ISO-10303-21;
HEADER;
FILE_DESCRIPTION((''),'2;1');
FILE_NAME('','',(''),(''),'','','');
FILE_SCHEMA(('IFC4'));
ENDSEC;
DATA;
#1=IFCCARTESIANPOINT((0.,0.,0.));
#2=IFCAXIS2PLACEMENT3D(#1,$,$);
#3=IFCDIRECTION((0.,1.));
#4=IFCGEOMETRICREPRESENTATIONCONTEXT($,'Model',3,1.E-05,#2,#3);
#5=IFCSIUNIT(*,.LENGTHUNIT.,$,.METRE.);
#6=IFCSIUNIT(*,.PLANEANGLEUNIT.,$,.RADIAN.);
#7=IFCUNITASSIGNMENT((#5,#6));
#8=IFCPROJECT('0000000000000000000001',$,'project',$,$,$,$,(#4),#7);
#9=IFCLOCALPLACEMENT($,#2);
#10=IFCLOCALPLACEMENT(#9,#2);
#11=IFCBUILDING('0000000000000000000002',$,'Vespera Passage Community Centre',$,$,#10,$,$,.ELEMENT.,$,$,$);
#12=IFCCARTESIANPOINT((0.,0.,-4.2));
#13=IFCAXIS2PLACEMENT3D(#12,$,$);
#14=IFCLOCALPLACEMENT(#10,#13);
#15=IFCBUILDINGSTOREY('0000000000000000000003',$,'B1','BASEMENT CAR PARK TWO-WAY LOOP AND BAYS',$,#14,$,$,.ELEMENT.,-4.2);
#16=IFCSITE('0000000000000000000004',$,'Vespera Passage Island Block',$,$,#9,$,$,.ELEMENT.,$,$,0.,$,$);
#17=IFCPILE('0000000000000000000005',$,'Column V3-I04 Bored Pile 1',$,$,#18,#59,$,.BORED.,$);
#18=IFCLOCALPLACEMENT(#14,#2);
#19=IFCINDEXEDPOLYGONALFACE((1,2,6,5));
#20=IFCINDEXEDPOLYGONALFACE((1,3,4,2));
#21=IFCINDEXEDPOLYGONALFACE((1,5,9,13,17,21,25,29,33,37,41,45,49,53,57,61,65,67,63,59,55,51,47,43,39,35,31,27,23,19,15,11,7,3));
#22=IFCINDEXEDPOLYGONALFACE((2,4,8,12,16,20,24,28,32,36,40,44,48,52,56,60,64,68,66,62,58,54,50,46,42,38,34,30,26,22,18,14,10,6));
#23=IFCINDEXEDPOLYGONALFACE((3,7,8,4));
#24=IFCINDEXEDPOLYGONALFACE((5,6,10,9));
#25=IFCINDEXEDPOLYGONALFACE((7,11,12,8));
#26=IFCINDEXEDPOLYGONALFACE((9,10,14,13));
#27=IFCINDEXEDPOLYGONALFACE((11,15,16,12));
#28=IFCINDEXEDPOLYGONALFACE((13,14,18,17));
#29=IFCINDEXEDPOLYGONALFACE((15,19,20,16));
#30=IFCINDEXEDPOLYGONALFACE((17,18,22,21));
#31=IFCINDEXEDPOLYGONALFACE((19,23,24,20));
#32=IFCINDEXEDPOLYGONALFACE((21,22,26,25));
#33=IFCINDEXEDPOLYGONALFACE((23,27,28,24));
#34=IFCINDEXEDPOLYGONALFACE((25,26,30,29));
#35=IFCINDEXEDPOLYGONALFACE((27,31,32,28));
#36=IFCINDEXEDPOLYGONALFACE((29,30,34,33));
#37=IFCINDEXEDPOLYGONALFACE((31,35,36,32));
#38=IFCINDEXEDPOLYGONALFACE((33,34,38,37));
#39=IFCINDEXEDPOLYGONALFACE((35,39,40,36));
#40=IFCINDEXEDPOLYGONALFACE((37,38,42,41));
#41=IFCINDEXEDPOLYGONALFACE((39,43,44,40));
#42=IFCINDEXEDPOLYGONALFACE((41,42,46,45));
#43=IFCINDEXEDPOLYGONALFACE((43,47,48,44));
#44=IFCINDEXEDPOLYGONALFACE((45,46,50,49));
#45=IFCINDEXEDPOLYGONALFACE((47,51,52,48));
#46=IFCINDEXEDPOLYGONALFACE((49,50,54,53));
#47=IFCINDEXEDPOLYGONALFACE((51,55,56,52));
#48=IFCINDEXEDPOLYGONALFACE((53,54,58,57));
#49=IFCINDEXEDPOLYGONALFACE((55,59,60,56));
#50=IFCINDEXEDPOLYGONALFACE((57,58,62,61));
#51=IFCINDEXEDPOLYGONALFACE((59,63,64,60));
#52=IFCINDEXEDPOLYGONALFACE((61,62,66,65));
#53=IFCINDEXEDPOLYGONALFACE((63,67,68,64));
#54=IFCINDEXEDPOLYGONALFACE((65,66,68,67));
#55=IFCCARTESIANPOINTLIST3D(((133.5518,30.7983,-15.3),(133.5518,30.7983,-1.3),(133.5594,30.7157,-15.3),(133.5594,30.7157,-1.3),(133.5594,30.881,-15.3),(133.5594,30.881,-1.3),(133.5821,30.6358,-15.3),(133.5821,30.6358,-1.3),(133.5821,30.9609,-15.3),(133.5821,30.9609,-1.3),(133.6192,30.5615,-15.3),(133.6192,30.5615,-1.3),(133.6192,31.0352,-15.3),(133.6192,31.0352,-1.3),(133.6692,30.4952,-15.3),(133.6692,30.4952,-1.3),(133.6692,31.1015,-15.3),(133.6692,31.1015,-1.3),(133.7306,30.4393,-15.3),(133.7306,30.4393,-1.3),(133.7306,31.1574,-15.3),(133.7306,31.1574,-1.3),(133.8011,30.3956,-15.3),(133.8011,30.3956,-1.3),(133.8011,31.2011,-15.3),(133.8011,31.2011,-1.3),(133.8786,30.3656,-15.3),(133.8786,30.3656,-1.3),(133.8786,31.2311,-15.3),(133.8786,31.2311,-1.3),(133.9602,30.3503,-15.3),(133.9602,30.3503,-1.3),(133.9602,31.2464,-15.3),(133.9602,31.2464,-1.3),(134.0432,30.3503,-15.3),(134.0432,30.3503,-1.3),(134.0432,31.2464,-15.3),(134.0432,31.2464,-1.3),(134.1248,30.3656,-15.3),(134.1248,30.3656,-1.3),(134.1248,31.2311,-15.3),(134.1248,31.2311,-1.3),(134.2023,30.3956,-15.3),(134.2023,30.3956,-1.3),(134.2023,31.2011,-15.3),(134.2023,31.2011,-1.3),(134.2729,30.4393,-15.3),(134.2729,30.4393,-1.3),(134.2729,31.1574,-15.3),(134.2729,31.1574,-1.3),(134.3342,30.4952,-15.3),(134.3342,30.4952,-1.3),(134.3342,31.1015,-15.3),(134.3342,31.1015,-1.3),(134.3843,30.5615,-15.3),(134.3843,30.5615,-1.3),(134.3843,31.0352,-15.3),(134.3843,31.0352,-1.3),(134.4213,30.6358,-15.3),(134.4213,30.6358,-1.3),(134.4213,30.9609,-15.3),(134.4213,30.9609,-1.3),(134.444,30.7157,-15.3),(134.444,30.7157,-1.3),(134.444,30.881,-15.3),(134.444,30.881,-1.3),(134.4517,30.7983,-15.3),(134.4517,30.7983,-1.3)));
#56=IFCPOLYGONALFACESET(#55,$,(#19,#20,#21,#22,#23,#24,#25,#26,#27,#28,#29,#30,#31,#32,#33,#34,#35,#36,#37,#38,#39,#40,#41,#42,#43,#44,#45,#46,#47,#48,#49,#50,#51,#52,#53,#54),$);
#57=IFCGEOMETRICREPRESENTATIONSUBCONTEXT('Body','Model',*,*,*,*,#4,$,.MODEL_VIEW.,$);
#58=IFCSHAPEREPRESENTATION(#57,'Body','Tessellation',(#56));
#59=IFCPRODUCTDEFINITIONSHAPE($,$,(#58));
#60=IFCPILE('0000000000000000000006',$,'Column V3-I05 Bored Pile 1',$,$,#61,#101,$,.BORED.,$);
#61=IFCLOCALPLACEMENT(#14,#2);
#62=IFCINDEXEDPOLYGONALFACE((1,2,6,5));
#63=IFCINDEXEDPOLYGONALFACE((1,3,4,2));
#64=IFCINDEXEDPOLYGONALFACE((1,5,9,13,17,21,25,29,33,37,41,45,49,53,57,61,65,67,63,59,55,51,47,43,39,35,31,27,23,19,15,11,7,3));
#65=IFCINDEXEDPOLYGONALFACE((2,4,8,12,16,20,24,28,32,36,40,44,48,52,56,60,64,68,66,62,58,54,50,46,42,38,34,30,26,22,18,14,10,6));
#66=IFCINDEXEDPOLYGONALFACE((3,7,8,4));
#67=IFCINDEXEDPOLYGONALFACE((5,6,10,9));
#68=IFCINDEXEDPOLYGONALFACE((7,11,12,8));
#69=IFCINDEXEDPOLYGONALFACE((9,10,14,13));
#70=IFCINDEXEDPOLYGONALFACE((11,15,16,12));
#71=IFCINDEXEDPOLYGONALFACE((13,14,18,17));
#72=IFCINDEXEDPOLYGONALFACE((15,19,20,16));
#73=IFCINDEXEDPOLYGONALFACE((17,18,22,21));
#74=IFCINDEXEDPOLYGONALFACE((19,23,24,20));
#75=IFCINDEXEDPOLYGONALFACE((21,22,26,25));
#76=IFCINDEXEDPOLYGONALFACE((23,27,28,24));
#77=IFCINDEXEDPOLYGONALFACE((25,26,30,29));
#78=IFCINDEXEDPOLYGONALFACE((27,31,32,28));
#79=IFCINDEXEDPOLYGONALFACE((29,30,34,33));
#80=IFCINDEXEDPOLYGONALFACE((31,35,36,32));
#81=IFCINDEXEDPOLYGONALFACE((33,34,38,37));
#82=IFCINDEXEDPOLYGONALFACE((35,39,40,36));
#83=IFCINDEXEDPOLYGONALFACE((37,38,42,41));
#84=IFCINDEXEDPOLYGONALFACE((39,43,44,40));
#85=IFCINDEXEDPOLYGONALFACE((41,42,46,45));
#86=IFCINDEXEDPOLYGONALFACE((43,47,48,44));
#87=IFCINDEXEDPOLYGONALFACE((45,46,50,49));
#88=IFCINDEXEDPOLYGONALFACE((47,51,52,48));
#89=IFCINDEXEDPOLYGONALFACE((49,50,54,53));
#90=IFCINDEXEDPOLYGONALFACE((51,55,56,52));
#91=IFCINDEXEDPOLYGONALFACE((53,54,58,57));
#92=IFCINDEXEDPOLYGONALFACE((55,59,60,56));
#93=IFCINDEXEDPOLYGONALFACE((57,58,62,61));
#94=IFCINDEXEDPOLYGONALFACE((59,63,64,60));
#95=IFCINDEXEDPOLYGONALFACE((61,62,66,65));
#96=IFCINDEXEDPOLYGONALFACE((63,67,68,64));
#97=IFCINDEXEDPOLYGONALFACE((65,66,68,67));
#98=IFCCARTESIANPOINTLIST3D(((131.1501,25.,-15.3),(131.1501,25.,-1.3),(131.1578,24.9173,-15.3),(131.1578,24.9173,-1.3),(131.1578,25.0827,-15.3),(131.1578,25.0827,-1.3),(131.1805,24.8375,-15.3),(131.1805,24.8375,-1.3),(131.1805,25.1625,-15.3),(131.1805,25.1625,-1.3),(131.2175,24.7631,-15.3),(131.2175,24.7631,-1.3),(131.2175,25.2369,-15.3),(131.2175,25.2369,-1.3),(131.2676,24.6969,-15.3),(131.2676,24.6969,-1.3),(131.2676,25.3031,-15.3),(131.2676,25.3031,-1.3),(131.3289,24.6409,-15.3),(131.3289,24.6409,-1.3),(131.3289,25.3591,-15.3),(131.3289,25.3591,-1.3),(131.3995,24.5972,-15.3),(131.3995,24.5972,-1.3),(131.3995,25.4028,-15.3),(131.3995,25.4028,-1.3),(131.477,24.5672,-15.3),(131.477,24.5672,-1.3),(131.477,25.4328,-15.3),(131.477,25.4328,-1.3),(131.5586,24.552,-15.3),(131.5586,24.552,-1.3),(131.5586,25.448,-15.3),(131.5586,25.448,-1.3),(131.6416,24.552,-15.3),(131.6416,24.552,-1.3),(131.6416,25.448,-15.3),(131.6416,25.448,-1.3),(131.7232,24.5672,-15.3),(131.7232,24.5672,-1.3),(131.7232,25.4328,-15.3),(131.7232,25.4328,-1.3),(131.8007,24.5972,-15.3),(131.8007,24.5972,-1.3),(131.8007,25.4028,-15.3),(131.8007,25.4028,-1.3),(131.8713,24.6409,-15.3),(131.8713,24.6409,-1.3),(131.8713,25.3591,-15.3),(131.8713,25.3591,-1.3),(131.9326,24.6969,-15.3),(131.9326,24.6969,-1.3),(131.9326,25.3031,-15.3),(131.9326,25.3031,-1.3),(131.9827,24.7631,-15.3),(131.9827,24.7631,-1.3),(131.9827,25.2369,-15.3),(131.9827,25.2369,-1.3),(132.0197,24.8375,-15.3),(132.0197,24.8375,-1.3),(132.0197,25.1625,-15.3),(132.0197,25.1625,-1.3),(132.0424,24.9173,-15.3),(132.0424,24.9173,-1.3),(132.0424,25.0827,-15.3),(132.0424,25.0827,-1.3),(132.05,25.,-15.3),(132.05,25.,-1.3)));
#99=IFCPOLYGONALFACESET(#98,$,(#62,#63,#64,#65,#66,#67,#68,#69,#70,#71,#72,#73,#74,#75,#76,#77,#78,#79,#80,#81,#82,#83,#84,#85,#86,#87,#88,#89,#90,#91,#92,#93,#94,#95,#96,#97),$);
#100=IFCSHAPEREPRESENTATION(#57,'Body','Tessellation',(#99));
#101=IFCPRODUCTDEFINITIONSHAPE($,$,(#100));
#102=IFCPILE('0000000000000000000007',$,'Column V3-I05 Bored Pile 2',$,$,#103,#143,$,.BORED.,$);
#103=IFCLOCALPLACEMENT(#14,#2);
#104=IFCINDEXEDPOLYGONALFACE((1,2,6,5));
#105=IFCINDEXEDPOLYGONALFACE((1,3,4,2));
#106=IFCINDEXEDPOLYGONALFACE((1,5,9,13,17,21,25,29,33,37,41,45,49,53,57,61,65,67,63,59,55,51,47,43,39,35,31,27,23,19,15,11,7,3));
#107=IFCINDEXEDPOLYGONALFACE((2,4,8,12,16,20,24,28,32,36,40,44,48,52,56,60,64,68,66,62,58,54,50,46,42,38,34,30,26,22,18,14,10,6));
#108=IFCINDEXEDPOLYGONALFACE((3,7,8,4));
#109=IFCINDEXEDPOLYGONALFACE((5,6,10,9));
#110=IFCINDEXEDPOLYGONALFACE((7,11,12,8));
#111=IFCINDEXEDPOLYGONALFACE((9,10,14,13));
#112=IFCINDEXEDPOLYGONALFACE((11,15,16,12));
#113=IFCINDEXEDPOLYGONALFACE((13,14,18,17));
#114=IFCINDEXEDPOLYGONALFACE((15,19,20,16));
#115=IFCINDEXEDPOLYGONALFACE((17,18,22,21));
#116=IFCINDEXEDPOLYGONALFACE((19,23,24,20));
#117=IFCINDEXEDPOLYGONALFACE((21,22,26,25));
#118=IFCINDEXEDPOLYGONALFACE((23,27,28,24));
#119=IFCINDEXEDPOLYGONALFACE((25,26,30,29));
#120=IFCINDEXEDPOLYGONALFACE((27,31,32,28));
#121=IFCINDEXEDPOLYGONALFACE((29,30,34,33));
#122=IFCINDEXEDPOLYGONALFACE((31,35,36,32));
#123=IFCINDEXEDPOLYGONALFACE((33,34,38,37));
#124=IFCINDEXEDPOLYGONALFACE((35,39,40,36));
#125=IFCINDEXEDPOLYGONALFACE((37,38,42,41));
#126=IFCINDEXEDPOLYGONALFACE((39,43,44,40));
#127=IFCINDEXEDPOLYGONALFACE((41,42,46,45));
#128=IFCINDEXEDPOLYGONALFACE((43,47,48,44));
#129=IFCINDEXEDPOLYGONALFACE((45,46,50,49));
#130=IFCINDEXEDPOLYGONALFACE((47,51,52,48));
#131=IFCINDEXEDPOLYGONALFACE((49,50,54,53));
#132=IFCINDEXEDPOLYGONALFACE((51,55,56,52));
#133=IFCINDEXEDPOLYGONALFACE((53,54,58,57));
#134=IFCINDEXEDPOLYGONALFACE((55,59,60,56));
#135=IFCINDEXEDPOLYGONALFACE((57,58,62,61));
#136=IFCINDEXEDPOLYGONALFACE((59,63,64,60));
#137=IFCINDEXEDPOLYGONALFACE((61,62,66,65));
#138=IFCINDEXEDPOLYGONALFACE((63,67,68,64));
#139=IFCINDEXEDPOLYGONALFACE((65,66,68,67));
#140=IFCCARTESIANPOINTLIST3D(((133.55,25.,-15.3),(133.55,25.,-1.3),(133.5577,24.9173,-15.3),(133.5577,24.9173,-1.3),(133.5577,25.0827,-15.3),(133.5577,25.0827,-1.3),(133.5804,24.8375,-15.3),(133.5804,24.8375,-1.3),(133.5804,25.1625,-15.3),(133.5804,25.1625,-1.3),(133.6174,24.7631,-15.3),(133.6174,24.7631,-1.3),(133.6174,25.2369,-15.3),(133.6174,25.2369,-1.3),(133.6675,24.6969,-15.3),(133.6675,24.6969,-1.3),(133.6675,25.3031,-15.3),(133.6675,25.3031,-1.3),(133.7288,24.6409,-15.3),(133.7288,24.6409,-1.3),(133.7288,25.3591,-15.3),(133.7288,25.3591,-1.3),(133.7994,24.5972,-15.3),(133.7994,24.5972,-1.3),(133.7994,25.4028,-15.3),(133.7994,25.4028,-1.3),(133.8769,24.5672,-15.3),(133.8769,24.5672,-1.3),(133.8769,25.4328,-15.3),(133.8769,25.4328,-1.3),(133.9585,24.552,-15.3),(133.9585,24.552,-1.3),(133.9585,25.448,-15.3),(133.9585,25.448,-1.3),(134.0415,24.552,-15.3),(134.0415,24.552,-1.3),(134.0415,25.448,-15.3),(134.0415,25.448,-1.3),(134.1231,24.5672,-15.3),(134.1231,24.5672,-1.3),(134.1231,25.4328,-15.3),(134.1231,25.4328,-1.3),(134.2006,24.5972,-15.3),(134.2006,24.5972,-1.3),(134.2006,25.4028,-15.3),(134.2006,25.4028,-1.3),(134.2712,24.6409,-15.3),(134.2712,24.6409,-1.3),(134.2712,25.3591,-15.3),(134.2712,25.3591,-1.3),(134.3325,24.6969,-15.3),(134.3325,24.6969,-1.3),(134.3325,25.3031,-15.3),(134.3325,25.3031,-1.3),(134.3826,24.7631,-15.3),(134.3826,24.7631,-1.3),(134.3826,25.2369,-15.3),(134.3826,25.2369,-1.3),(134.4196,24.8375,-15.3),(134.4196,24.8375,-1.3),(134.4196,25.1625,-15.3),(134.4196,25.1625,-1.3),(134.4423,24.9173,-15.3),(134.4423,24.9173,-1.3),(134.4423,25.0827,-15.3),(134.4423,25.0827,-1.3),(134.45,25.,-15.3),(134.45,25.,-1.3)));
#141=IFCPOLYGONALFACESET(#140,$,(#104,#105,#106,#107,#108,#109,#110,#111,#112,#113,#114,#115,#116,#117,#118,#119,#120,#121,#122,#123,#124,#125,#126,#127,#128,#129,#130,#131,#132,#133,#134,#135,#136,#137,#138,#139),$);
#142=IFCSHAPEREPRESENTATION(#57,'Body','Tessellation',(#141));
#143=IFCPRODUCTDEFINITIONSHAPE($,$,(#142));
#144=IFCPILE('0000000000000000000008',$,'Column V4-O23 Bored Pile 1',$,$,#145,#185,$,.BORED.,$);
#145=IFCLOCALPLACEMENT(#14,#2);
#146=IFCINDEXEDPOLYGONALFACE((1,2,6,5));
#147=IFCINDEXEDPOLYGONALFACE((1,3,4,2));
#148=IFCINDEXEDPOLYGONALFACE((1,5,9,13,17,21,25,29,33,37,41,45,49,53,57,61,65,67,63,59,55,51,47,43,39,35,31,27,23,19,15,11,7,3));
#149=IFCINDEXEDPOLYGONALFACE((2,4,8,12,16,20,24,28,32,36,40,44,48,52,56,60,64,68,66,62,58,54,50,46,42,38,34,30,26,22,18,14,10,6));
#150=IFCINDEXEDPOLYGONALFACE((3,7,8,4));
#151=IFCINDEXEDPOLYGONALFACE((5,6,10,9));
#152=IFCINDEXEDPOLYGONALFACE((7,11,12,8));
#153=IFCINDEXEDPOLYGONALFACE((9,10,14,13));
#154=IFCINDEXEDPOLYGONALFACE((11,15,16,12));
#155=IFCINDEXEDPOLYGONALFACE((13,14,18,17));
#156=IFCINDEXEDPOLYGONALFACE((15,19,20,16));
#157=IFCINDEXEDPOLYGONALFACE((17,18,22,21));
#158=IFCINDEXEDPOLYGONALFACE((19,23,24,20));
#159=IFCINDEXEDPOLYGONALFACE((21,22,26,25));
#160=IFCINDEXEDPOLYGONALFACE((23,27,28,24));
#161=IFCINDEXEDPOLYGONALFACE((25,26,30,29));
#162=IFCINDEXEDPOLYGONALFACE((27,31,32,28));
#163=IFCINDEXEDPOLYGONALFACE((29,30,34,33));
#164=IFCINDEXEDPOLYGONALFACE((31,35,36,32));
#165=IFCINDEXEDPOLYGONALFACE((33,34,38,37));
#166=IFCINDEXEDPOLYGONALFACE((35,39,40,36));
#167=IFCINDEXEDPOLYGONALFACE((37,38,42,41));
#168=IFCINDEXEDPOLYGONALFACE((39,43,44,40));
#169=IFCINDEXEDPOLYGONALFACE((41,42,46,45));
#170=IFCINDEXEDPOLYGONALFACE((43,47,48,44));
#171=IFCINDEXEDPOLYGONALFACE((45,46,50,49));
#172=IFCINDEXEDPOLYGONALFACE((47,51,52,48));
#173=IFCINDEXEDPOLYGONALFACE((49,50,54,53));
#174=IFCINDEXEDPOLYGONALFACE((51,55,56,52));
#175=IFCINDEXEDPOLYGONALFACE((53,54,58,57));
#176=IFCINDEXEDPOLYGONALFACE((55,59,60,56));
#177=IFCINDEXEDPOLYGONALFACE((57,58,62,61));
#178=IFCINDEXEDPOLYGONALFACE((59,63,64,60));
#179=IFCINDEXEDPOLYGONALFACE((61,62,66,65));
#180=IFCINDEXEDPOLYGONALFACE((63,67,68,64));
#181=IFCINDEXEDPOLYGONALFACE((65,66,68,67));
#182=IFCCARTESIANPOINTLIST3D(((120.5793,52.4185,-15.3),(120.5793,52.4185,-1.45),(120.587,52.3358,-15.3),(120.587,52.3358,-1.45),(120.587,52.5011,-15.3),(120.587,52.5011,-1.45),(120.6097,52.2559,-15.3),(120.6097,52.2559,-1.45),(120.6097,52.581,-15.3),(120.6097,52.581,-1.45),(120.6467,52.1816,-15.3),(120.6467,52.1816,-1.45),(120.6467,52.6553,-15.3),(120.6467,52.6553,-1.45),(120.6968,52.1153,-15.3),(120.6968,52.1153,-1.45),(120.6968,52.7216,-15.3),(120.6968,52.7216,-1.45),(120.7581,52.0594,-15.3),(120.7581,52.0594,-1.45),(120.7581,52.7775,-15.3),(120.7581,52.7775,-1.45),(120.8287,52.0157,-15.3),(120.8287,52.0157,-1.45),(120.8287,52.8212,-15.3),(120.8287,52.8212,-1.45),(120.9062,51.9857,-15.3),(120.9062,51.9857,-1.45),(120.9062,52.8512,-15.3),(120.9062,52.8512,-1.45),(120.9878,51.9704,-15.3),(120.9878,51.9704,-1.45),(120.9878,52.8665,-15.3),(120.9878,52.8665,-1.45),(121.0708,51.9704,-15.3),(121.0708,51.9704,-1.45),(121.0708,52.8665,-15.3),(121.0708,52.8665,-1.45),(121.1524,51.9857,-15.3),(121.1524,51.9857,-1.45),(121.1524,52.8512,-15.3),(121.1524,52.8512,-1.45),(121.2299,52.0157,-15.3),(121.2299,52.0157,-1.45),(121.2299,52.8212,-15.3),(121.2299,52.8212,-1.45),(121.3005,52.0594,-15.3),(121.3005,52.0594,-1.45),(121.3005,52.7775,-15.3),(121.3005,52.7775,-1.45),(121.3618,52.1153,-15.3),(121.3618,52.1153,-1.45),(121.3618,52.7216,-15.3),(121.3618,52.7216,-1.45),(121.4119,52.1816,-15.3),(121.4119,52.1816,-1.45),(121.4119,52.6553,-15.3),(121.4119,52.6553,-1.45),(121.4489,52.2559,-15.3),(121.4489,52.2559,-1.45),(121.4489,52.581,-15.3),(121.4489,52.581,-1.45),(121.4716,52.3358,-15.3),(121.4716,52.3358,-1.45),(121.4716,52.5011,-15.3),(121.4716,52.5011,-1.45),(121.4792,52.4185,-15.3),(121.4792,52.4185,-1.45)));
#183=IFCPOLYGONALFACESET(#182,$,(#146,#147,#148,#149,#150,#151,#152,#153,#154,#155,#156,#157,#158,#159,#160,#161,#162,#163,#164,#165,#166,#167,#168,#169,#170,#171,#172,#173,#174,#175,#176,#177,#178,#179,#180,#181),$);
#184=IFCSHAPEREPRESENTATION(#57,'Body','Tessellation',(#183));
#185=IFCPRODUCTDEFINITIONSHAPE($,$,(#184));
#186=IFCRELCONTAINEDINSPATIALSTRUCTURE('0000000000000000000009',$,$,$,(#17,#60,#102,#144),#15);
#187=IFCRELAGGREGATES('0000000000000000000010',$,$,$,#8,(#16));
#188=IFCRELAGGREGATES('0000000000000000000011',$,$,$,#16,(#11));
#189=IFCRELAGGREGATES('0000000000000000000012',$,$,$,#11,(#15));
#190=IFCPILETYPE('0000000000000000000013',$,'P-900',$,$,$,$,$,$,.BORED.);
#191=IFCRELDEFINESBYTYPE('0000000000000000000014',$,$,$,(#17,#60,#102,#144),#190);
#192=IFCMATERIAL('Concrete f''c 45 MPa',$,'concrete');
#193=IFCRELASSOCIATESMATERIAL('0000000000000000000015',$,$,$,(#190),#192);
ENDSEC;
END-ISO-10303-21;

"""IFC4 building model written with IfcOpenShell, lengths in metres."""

from ifc_helpers import new_model, si_unit, direction, frame, origin, origin_2d, place, context, subcontext, project, spatial, circle, extrude, material, material_profile, profile_set, type_object, element, save


model = new_model("IFC4")

# Units and contexts
model_context = context("Model", 3, precision=1e-05, world=origin(), true_north=direction((0.0, 1.0)))
body_context = subcontext(model_context, "Body", "Model", "MODEL_VIEW")
ifc_project = project(units=[si_unit("LENGTHUNIT", "METRE"), si_unit("PLANEANGLEUNIT", "RADIAN")], contexts=[model_context])

# Site, building, storey
site_placement = place(None, origin())
site = spatial("IfcSite", under=ifc_project, at=site_placement, Name="Vespera Passage Island Block", CompositionType="ELEMENT", RefElevation=0.0)
building_placement = place(site_placement, origin())
building = spatial("IfcBuilding", under=site, at=building_placement, Name="Vespera Passage Community Centre", CompositionType="ELEMENT")
storey_placement = place(building_placement, frame((0.0, 0.0, -4.2)))
storey = spatial("IfcBuildingStorey", under=building, at=storey_placement, Name="B1", Description="BASEMENT CAR PARK TWO-WAY LOOP AND BAYS", CompositionType="ELEMENT", Elevation=-4.2)

# Piles
ifc_material_1 = material(Name="Concrete f'c 45 MPa", Category="concrete")
ifc_material_profile_1 = material_profile(ifc_material_1, circle(Radius=0.45, at=origin_2d()), Name="PILE900DIA")
ifc_profile_set_1 = profile_set([ifc_material_profile_1], Name="Concrete f'c 45 MPa")
pile_type_1 = type_object("IfcPileType", Name="P-900", PredefinedType="BORED", material=ifc_profile_set_1)
for number, where, z_axis, x_axis, name in (
    (1, (134.0017, 30.7983, -1.3), (0.0, 0.0, -1.0), (1.0, 0.0, 0.0), "Column V3-I04 Bored Pile 1"),
    (2, (131.6001, 25.0, -1.3), (0.0, 0.0, -1.0), (1.0, 0.0, 0.0), "Column V3-I05 Bored Pile 1"),
    (3, (134.0, 25.0, -1.3), (0.0, 0.0, -1.0), (1.0, 0.0, 0.0), "Column V3-I05 Bored Pile 2"),
):
    element("IfcPile", number, at=place(storey_placement, frame(where, z_axis=z_axis, x_axis=x_axis)), inside=storey, type_object=pile_type_1, Name=name, PredefinedType="BORED", context=body_context, shape_type="SweptSolid", body=[
        extrude(circle(Radius=0.45, at=origin_2d()), origin(), (0.0, 0.0, 1.0), 14.0),
    ])
for number, where, z_axis, x_axis, name in (
    (4, (121.0293, 52.4185, -1.45), (0.0, 0.0, -1.0), (1.0, 0.0, 0.0), "Column V4-O23 Bored Pile 1"),
):
    element("IfcPile", number, at=place(storey_placement, frame(where, z_axis=z_axis, x_axis=x_axis)), inside=storey, type_object=pile_type_1, Name=name, PredefinedType="BORED", context=body_context, shape_type="SweptSolid", body=[
        extrude(circle(Radius=0.45, at=origin_2d()), origin(), (0.0, 0.0, 1.0), 13.8501),
    ])

save(model, "model.ifc")
